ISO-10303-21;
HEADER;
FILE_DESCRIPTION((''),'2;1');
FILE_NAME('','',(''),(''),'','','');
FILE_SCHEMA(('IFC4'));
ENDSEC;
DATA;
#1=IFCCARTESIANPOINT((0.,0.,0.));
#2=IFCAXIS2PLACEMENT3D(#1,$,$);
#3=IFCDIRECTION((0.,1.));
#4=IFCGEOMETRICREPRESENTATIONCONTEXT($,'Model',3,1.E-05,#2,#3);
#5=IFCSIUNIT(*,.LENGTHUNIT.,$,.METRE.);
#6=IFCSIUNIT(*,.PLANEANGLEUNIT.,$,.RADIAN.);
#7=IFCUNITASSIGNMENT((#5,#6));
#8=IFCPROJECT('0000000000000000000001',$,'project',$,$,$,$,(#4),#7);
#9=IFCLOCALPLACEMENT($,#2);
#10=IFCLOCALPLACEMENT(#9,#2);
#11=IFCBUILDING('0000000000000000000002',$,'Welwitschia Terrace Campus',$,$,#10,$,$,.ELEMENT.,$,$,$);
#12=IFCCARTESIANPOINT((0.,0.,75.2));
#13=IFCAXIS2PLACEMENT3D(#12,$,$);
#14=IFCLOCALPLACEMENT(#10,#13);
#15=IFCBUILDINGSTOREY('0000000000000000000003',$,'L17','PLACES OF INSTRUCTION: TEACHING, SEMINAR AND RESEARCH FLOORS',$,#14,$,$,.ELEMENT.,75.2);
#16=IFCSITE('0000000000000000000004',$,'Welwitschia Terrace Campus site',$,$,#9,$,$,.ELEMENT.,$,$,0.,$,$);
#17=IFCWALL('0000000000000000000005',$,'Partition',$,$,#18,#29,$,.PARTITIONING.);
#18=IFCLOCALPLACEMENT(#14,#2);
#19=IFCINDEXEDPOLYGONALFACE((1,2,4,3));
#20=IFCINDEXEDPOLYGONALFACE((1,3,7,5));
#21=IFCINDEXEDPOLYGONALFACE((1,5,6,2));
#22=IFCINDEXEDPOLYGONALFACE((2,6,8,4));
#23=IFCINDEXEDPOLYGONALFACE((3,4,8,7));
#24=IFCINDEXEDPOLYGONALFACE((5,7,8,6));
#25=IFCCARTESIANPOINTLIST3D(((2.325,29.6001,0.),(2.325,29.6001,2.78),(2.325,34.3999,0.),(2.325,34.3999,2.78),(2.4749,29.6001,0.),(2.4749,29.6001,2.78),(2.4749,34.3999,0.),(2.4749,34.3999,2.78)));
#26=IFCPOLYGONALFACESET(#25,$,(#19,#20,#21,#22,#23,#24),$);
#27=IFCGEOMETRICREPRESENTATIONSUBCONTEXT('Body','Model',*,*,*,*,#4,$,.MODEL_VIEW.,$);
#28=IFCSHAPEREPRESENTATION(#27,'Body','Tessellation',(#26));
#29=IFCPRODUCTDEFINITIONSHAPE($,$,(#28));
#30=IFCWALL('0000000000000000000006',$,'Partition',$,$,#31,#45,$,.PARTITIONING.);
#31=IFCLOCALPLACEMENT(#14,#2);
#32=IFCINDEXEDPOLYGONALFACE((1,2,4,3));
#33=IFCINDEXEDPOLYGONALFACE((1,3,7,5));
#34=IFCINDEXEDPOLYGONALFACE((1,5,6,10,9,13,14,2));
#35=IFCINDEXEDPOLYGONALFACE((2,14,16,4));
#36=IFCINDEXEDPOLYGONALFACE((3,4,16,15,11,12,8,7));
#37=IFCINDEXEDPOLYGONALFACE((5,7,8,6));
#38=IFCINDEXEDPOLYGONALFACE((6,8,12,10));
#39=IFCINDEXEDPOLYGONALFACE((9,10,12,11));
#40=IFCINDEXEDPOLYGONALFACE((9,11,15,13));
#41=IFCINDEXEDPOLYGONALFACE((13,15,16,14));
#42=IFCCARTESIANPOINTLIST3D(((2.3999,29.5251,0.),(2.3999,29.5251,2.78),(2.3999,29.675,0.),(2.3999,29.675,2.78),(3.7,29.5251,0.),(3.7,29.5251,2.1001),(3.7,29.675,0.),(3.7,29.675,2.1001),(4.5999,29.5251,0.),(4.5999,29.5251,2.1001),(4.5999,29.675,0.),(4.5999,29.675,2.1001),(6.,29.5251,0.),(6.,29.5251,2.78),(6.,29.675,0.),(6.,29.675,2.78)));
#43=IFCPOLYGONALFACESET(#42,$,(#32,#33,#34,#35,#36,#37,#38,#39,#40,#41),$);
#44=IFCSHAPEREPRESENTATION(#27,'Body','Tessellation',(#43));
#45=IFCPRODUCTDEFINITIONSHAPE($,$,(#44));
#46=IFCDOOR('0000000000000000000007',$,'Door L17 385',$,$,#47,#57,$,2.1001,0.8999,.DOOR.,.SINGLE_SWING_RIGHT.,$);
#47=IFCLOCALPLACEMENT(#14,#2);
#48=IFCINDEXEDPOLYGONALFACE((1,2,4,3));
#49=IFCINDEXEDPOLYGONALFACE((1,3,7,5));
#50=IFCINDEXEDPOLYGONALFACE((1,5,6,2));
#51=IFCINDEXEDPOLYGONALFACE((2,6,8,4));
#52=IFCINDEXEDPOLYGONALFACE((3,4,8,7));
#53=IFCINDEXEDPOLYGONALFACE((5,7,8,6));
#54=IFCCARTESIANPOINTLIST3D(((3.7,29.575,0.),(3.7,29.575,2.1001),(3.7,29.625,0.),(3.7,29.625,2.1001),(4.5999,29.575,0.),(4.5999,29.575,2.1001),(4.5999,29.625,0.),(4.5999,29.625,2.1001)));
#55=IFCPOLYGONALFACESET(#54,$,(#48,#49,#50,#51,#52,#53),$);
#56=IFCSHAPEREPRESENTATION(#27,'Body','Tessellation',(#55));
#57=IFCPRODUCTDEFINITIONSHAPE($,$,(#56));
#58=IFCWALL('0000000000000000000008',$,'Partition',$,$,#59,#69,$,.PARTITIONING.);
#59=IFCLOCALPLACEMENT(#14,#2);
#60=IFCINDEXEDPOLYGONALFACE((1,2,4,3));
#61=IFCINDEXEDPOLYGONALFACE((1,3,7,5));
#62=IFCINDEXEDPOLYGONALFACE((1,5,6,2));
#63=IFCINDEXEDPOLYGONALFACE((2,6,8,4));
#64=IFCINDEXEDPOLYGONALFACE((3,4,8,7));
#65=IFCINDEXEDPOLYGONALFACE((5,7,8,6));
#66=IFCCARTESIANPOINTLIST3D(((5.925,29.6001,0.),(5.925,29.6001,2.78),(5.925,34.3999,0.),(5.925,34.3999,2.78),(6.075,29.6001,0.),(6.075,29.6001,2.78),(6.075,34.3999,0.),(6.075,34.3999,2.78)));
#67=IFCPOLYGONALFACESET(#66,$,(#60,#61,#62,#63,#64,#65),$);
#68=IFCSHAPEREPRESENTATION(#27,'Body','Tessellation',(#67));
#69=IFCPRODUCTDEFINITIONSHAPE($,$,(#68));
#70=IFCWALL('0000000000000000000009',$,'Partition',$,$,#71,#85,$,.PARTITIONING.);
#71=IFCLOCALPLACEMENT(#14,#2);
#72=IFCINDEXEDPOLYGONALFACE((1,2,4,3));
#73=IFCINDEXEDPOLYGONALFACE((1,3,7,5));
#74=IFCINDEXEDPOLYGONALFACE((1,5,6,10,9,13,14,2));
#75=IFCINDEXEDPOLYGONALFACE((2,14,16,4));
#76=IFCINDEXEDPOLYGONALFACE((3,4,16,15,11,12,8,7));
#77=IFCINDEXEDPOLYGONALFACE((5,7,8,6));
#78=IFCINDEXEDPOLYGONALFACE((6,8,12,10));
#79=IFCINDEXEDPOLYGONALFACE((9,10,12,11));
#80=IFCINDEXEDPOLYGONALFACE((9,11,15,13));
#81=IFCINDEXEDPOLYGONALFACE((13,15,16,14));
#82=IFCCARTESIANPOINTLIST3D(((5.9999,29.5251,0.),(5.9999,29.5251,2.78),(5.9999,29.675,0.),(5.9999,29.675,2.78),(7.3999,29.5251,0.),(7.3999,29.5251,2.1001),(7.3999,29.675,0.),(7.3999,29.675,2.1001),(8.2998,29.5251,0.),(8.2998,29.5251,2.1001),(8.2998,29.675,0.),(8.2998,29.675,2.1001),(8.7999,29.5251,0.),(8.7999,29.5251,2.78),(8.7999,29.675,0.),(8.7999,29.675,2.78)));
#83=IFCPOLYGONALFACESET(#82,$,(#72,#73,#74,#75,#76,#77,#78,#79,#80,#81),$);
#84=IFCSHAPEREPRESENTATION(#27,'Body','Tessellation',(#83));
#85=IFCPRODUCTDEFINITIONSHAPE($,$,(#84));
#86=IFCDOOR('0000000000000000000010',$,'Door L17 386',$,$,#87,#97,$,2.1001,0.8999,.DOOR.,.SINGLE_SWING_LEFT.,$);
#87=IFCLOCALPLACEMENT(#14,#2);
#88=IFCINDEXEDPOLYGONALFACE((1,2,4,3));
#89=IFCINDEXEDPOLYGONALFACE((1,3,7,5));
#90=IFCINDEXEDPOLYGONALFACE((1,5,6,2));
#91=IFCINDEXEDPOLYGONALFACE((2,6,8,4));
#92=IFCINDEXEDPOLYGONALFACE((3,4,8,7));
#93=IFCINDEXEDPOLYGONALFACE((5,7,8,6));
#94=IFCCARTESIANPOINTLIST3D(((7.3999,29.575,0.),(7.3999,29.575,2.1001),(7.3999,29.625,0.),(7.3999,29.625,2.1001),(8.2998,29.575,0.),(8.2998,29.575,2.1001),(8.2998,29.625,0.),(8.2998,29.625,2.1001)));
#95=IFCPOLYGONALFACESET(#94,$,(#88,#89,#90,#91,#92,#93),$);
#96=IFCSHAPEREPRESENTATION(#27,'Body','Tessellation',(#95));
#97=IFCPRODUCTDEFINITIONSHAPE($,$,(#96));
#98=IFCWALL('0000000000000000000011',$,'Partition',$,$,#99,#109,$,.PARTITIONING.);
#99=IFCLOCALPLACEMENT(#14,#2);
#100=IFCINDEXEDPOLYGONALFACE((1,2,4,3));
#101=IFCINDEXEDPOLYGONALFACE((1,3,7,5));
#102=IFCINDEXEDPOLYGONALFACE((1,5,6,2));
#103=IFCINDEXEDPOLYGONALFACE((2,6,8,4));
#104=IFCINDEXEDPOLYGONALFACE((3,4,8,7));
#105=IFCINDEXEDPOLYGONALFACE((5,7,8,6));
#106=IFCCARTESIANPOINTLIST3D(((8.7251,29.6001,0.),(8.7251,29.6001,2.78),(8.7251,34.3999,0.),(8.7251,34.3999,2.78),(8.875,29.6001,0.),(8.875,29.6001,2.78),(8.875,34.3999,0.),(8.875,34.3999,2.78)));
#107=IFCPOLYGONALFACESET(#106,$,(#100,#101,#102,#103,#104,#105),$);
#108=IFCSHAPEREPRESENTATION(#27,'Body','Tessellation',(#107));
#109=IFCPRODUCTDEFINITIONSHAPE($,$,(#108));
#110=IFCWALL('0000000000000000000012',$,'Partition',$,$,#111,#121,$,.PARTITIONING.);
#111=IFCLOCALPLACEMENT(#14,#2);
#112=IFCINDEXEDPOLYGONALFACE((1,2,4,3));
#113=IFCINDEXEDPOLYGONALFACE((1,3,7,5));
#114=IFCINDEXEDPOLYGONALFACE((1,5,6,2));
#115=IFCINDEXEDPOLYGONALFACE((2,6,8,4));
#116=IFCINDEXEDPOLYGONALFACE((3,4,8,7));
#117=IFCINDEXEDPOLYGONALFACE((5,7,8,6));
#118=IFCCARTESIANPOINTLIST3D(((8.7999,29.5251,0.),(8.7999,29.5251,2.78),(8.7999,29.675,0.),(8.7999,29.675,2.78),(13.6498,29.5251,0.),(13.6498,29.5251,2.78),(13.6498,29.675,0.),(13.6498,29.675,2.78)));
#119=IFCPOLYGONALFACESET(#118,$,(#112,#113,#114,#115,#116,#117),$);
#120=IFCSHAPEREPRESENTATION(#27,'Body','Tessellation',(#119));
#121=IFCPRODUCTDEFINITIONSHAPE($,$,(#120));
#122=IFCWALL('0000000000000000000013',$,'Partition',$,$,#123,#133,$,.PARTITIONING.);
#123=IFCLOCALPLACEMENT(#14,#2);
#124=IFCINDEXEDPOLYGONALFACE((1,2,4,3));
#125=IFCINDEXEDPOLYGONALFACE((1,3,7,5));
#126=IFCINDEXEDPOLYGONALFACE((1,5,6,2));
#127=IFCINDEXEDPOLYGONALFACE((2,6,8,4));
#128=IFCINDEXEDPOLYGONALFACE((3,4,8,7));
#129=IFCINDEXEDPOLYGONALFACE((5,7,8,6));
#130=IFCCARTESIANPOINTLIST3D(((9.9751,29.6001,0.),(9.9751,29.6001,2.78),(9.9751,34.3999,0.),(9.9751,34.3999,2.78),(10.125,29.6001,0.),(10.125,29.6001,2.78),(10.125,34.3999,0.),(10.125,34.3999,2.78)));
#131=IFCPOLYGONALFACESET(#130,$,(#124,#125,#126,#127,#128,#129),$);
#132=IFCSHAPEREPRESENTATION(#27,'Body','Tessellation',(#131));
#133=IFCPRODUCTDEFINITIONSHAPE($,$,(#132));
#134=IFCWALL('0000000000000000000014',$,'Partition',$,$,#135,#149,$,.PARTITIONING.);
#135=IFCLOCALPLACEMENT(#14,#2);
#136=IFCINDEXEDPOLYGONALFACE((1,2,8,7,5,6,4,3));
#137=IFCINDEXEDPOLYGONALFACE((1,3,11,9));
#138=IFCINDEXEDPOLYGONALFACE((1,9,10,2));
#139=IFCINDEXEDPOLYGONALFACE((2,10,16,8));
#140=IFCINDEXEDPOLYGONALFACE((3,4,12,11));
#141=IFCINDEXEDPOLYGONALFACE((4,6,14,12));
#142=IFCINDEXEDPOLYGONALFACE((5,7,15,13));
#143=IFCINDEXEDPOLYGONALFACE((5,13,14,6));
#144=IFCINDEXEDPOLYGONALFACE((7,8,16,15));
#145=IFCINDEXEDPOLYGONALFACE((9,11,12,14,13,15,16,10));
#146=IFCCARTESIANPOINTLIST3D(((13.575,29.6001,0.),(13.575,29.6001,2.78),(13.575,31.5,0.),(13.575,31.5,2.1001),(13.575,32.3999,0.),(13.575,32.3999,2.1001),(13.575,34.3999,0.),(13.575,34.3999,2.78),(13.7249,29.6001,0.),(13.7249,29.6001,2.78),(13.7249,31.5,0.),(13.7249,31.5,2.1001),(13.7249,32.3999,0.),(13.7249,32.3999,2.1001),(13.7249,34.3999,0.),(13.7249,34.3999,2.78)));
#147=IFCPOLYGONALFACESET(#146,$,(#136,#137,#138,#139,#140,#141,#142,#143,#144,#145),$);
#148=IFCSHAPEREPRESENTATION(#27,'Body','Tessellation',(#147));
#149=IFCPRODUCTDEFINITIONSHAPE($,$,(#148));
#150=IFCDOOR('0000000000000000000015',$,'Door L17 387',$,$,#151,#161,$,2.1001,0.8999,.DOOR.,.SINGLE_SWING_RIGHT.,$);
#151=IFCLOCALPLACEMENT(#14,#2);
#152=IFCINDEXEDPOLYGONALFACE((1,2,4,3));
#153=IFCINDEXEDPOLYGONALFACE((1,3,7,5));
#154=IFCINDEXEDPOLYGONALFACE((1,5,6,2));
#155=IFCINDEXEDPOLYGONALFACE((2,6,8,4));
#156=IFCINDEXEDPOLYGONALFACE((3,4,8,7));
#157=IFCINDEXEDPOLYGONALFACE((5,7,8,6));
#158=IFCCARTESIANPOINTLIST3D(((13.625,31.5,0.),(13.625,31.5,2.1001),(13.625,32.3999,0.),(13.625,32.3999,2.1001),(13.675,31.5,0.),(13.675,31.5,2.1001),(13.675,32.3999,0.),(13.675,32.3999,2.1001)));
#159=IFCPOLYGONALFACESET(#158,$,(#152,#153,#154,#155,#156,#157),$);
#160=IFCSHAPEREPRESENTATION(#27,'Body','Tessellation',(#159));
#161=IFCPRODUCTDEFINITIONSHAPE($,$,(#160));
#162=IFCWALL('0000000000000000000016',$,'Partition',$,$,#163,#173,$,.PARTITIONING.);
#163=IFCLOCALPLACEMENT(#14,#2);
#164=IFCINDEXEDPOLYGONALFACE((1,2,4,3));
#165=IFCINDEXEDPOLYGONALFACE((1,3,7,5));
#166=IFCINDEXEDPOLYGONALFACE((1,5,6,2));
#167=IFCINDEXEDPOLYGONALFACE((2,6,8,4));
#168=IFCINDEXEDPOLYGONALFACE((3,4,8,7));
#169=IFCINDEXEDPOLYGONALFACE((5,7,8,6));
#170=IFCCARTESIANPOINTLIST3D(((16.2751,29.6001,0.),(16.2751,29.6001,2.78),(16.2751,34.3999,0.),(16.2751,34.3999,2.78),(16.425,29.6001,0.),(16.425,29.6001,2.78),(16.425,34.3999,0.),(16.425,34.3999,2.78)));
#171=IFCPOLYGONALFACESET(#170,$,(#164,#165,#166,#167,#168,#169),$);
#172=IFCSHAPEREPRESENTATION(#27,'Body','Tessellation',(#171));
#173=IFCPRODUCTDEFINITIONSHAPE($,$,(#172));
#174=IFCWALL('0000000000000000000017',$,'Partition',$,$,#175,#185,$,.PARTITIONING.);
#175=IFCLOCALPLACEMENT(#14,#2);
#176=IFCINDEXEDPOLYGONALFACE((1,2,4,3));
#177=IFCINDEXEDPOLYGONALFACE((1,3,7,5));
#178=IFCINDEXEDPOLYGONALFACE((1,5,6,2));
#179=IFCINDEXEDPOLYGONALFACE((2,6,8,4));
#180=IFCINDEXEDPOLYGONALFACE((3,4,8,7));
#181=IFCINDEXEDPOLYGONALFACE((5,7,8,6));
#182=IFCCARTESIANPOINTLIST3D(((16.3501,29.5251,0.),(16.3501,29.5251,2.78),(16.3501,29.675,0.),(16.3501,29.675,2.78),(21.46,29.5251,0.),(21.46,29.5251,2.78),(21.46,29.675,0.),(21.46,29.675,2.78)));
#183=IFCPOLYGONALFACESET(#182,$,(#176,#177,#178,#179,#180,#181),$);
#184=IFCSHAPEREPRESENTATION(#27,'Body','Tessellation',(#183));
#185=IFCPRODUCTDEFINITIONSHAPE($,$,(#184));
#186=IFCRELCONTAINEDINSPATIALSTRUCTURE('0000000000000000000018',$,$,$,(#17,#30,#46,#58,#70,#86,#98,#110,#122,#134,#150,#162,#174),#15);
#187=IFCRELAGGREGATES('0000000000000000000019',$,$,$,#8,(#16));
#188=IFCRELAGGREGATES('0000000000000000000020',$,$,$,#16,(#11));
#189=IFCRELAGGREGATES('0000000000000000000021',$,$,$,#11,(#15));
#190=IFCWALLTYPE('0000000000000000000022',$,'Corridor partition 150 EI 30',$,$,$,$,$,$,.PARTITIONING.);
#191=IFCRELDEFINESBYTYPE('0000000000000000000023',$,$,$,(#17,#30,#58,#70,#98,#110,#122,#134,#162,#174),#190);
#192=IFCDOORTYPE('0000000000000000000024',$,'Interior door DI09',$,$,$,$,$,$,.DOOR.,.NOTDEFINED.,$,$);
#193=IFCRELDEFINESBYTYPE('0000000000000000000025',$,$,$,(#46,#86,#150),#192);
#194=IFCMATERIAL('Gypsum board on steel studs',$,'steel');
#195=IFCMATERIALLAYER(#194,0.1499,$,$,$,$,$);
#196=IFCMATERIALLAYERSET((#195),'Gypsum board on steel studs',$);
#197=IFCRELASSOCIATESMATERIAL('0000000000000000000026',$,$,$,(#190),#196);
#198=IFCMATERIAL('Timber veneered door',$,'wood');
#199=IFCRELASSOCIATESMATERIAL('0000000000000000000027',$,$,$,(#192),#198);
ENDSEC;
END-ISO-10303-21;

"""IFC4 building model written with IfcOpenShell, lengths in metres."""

from ifc_helpers import new_model, si_unit, direction, frame, frame_2d, origin, place, context, subcontext, project, spatial, rectangle, extrude, material, layer, layer_set, type_object, element, fill, save


model = new_model("IFC4")

# Units and contexts
model_context = context("Model", 3, precision=1e-05, world=origin(), true_north=direction((0.0, 1.0)))
body_context = subcontext(model_context, "Body", "Model", "MODEL_VIEW")
ifc_project = project(units=[si_unit("LENGTHUNIT", "METRE"), si_unit("PLANEANGLEUNIT", "RADIAN")], contexts=[model_context])

# Site, building, storey
site_placement = place(None, origin())
site = spatial("IfcSite", under=ifc_project, at=site_placement, Name="Welwitschia Terrace Campus site", CompositionType="ELEMENT", RefElevation=0.0)
building_placement = place(site_placement, origin())
building = spatial("IfcBuilding", under=site, at=building_placement, Name="Welwitschia Terrace Campus", CompositionType="ELEMENT")
storey_placement = place(building_placement, frame((0.0, 0.0, 75.2)))
storey = spatial("IfcBuildingStorey", under=building, at=storey_placement, Name="L17", Description="PLACES OF INSTRUCTION: TEACHING, SEMINAR AND RESEARCH FLOORS", CompositionType="ELEMENT", Elevation=75.2)

# Wall
ifc_material_1 = material(Name="Gypsum board on steel studs", Category="steel")
ifc_layer_1 = layer(ifc_material_1, 0.1499)
ifc_layer_set_1 = layer_set([ifc_layer_1], Name="Gypsum board on steel studs")
wall_type_1 = type_object("IfcWallType", Name="Corridor partition 150 EI 30", PredefinedType="PARTITIONING", material=ifc_layer_set_1)
wall_1_placement = place(storey_placement, frame((2.3999, 29.6001, 0.0), z_axis=(0.0, 0.0, 1.0), x_axis=(0.0, 1.0, 0.0)))
element("IfcWall", 1, at=wall_1_placement, inside=storey, type_object=wall_type_1, Name="Partition", PredefinedType="PARTITIONING", context=body_context, shape_type="SweptSolid", body=[
    extrude(rectangle(XDim=4.7998, YDim=0.1499, at=frame_2d((2.3999, 0.0))), origin(), (0.0, 0.0, 1.0), 2.78),
])

# Wall, opening, door
wall_2_placement = place(storey_placement, frame((2.3999, 29.6001, 0.0), z_axis=(0.0, 0.0, 1.0), x_axis=(1.0, 0.0, 0.0)))
wall_2 = element("IfcWall", 2, at=wall_2_placement, inside=storey, type_object=wall_type_1, Name="Partition", PredefinedType="PARTITIONING", context=body_context, shape_type="SweptSolid", body=[
    extrude(rectangle(XDim=3.6001, YDim=0.1499, at=frame_2d((1.8, 0.0))), origin(), (0.0, 0.0, 1.0), 2.78),
])
opening_1_placement = place(wall_2_placement, frame((1.3, 0.0, 0.0)))
opening_1 = element("IfcOpeningElement", 3, at=opening_1_placement, cuts=wall_2, PredefinedType="OPENING", context=body_context, shape_type="SweptSolid", body=[
    extrude(rectangle(XDim=0.8999, YDim=2.1001, at=frame_2d((0.45, 1.05))), frame((0.0, 0.085, 0.0), z_axis=(0.0, -1.0, 0.0), x_axis=(1.0, 0.0, 0.0)), (0.0, 0.0, 1.0), 0.1699),
])
ifc_material_2 = material(Name="Timber veneered door", Category="wood")
door_type = type_object("IfcDoorType", Name="Interior door DI09", OperationType="NOTDEFINED", PredefinedType="DOOR", material=ifc_material_2)
door_1_placement = place(opening_1_placement, origin())
door_1 = element("IfcDoor", 4, at=door_1_placement, inside=storey, type_object=door_type, Name="Door L17 385", OperationType="SINGLE_SWING_RIGHT", OverallHeight=2.1001, OverallWidth=0.8999, PredefinedType="DOOR", context=body_context, shape_type="SweptSolid", body=[
    extrude(rectangle(XDim=0.8999, YDim=2.1001, at=frame_2d((0.45, 1.05))), frame((0.0, 0.0249, 0.0), z_axis=(0.0, -1.0, 0.0), x_axis=(1.0, 0.0, 0.0)), (0.0, 0.0, 1.0), 0.05),
])
fill(opening_1, door_1)

# Wall
wall_3_placement = place(storey_placement, frame((6.0, 29.6001, 0.0), z_axis=(0.0, 0.0, 1.0), x_axis=(0.0, 1.0, 0.0)))
element("IfcWall", 5, at=wall_3_placement, inside=storey, type_object=wall_type_1, Name="Partition", PredefinedType="PARTITIONING", context=body_context, shape_type="SweptSolid", body=[
    extrude(rectangle(XDim=4.7998, YDim=0.1499, at=frame_2d((2.3999, 0.0))), origin(), (0.0, 0.0, 1.0), 2.78),
])

# Wall, opening, door
wall_4_placement = place(storey_placement, frame((6.0, 29.6001, 0.0), z_axis=(0.0, 0.0, 1.0), x_axis=(1.0, 0.0, 0.0)))
wall_4 = element("IfcWall", 6, at=wall_4_placement, inside=storey, type_object=wall_type_1, Name="Partition", PredefinedType="PARTITIONING", context=body_context, shape_type="SweptSolid", body=[
    extrude(rectangle(XDim=2.8, YDim=0.1499, at=frame_2d((1.3999, 0.0))), origin(), (0.0, 0.0, 1.0), 2.78),
])
opening_2_placement = place(wall_4_placement, frame((1.3999, 0.0, 0.0)))
opening_2 = element("IfcOpeningElement", 7, at=opening_2_placement, cuts=wall_4, PredefinedType="OPENING", context=body_context, shape_type="SweptSolid", body=[
    extrude(rectangle(XDim=0.8999, YDim=2.1001, at=frame_2d((0.45, 1.05))), frame((0.0, 0.085, 0.0), z_axis=(0.0, -1.0, 0.0), x_axis=(1.0, 0.0, 0.0)), (0.0, 0.0, 1.0), 0.1699),
])
door_2_placement = place(opening_2_placement, origin())
door_2 = element("IfcDoor", 8, at=door_2_placement, inside=storey, type_object=door_type, Name="Door L17 386", OperationType="SINGLE_SWING_LEFT", OverallHeight=2.1001, OverallWidth=0.8999, PredefinedType="DOOR", context=body_context, shape_type="SweptSolid", body=[
    extrude(rectangle(XDim=0.8999, YDim=2.1001, at=frame_2d((0.45, 1.05))), frame((0.0, 0.0249, 0.0), z_axis=(0.0, -1.0, 0.0), x_axis=(1.0, 0.0, 0.0)), (0.0, 0.0, 1.0), 0.05),
])
fill(opening_2, door_2)

# Walls
wall_5_placement = place(storey_placement, frame((8.8, 29.6001, 0.0), z_axis=(0.0, 0.0, 1.0), x_axis=(0.0, 1.0, 0.0)))
element("IfcWall", 9, at=wall_5_placement, inside=storey, type_object=wall_type_1, Name="Partition", PredefinedType="PARTITIONING", context=body_context, shape_type="SweptSolid", body=[
    extrude(rectangle(XDim=4.7998, YDim=0.1499, at=frame_2d((2.3999, 0.0))), origin(), (0.0, 0.0, 1.0), 2.78),
])
wall_6_placement = place(storey_placement, frame((8.8, 29.6001, 0.0), z_axis=(0.0, 0.0, 1.0), x_axis=(1.0, 0.0, 0.0)))
element("IfcWall", 10, at=wall_6_placement, inside=storey, type_object=wall_type_1, Name="Partition", PredefinedType="PARTITIONING", context=body_context, shape_type="SweptSolid", body=[
    extrude(rectangle(XDim=4.8499, YDim=0.1499, at=frame_2d((2.4248, 0.0))), origin(), (0.0, 0.0, 1.0), 2.78),
])
wall_7_placement = place(storey_placement, frame((10.05, 29.6001, 0.0), z_axis=(0.0, 0.0, 1.0), x_axis=(0.0, 1.0, 0.0)))
element("IfcWall", 11, at=wall_7_placement, inside=storey, type_object=wall_type_1, Name="Partition", PredefinedType="PARTITIONING", context=body_context, shape_type="SweptSolid", body=[
    extrude(rectangle(XDim=4.7998, YDim=0.1499, at=frame_2d((2.3999, 0.0))), origin(), (0.0, 0.0, 1.0), 2.78),
])

# Wall, opening, door
wall_8_placement = place(storey_placement, frame((13.6499, 29.6001, 0.0), z_axis=(0.0, 0.0, 1.0), x_axis=(0.0, 1.0, 0.0)))
wall_8 = element("IfcWall", 12, at=wall_8_placement, inside=storey, type_object=wall_type_1, Name="Partition", PredefinedType="PARTITIONING", context=body_context, shape_type="SweptSolid", body=[
    extrude(rectangle(XDim=4.7998, YDim=0.1499, at=frame_2d((2.3999, 0.0))), origin(), (0.0, 0.0, 1.0), 2.78),
])
opening_3_placement = place(wall_8_placement, frame((1.8999, 0.0, 0.0)))
opening_3 = element("IfcOpeningElement", 13, at=opening_3_placement, cuts=wall_8, PredefinedType="OPENING", context=body_context, shape_type="SweptSolid", body=[
    extrude(rectangle(XDim=0.8999, YDim=2.1001, at=frame_2d((0.45, 1.05))), frame((0.0, 0.085, 0.0), z_axis=(0.0, -1.0, 0.0), x_axis=(1.0, 0.0, 0.0)), (0.0, 0.0, 1.0), 0.1699),
])
door_3_placement = place(opening_3_placement, origin())
door_3 = element("IfcDoor", 14, at=door_3_placement, inside=storey, type_object=door_type, Name="Door L17 387", OperationType="SINGLE_SWING_RIGHT", OverallHeight=2.1001, OverallWidth=0.8999, PredefinedType="DOOR", context=body_context, shape_type="SweptSolid", body=[
    extrude(rectangle(XDim=0.8999, YDim=2.1001, at=frame_2d((0.45, 1.05))), frame((0.0, 0.0249, 0.0), z_axis=(0.0, -1.0, 0.0), x_axis=(1.0, 0.0, 0.0)), (0.0, 0.0, 1.0), 0.05),
])
fill(opening_3, door_3)

# Walls
wall_9_placement = place(storey_placement, frame((16.3501, 29.6001, 0.0), z_axis=(0.0, 0.0, 1.0), x_axis=(0.0, 1.0, 0.0)))
element("IfcWall", 15, at=wall_9_placement, inside=storey, type_object=wall_type_1, Name="Partition", PredefinedType="PARTITIONING", context=body_context, shape_type="SweptSolid", body=[
    extrude(rectangle(XDim=4.7998, YDim=0.1499, at=frame_2d((2.3999, 0.0))), origin(), (0.0, 0.0, 1.0), 2.78),
])
wall_10_placement = place(storey_placement, frame((16.3501, 29.6001, 0.0), z_axis=(0.0, 0.0, 1.0), x_axis=(1.0, 0.0, 0.0)))
element("IfcWall", 16, at=wall_10_placement, inside=storey, type_object=wall_type_1, Name="Partition", PredefinedType="PARTITIONING", context=body_context, shape_type="SweptSolid", body=[
    extrude(rectangle(XDim=5.1099, YDim=0.1499, at=frame_2d((2.5549, 0.0))), origin(), (0.0, 0.0, 1.0), 2.78),
])

save(model, "model.ifc")
